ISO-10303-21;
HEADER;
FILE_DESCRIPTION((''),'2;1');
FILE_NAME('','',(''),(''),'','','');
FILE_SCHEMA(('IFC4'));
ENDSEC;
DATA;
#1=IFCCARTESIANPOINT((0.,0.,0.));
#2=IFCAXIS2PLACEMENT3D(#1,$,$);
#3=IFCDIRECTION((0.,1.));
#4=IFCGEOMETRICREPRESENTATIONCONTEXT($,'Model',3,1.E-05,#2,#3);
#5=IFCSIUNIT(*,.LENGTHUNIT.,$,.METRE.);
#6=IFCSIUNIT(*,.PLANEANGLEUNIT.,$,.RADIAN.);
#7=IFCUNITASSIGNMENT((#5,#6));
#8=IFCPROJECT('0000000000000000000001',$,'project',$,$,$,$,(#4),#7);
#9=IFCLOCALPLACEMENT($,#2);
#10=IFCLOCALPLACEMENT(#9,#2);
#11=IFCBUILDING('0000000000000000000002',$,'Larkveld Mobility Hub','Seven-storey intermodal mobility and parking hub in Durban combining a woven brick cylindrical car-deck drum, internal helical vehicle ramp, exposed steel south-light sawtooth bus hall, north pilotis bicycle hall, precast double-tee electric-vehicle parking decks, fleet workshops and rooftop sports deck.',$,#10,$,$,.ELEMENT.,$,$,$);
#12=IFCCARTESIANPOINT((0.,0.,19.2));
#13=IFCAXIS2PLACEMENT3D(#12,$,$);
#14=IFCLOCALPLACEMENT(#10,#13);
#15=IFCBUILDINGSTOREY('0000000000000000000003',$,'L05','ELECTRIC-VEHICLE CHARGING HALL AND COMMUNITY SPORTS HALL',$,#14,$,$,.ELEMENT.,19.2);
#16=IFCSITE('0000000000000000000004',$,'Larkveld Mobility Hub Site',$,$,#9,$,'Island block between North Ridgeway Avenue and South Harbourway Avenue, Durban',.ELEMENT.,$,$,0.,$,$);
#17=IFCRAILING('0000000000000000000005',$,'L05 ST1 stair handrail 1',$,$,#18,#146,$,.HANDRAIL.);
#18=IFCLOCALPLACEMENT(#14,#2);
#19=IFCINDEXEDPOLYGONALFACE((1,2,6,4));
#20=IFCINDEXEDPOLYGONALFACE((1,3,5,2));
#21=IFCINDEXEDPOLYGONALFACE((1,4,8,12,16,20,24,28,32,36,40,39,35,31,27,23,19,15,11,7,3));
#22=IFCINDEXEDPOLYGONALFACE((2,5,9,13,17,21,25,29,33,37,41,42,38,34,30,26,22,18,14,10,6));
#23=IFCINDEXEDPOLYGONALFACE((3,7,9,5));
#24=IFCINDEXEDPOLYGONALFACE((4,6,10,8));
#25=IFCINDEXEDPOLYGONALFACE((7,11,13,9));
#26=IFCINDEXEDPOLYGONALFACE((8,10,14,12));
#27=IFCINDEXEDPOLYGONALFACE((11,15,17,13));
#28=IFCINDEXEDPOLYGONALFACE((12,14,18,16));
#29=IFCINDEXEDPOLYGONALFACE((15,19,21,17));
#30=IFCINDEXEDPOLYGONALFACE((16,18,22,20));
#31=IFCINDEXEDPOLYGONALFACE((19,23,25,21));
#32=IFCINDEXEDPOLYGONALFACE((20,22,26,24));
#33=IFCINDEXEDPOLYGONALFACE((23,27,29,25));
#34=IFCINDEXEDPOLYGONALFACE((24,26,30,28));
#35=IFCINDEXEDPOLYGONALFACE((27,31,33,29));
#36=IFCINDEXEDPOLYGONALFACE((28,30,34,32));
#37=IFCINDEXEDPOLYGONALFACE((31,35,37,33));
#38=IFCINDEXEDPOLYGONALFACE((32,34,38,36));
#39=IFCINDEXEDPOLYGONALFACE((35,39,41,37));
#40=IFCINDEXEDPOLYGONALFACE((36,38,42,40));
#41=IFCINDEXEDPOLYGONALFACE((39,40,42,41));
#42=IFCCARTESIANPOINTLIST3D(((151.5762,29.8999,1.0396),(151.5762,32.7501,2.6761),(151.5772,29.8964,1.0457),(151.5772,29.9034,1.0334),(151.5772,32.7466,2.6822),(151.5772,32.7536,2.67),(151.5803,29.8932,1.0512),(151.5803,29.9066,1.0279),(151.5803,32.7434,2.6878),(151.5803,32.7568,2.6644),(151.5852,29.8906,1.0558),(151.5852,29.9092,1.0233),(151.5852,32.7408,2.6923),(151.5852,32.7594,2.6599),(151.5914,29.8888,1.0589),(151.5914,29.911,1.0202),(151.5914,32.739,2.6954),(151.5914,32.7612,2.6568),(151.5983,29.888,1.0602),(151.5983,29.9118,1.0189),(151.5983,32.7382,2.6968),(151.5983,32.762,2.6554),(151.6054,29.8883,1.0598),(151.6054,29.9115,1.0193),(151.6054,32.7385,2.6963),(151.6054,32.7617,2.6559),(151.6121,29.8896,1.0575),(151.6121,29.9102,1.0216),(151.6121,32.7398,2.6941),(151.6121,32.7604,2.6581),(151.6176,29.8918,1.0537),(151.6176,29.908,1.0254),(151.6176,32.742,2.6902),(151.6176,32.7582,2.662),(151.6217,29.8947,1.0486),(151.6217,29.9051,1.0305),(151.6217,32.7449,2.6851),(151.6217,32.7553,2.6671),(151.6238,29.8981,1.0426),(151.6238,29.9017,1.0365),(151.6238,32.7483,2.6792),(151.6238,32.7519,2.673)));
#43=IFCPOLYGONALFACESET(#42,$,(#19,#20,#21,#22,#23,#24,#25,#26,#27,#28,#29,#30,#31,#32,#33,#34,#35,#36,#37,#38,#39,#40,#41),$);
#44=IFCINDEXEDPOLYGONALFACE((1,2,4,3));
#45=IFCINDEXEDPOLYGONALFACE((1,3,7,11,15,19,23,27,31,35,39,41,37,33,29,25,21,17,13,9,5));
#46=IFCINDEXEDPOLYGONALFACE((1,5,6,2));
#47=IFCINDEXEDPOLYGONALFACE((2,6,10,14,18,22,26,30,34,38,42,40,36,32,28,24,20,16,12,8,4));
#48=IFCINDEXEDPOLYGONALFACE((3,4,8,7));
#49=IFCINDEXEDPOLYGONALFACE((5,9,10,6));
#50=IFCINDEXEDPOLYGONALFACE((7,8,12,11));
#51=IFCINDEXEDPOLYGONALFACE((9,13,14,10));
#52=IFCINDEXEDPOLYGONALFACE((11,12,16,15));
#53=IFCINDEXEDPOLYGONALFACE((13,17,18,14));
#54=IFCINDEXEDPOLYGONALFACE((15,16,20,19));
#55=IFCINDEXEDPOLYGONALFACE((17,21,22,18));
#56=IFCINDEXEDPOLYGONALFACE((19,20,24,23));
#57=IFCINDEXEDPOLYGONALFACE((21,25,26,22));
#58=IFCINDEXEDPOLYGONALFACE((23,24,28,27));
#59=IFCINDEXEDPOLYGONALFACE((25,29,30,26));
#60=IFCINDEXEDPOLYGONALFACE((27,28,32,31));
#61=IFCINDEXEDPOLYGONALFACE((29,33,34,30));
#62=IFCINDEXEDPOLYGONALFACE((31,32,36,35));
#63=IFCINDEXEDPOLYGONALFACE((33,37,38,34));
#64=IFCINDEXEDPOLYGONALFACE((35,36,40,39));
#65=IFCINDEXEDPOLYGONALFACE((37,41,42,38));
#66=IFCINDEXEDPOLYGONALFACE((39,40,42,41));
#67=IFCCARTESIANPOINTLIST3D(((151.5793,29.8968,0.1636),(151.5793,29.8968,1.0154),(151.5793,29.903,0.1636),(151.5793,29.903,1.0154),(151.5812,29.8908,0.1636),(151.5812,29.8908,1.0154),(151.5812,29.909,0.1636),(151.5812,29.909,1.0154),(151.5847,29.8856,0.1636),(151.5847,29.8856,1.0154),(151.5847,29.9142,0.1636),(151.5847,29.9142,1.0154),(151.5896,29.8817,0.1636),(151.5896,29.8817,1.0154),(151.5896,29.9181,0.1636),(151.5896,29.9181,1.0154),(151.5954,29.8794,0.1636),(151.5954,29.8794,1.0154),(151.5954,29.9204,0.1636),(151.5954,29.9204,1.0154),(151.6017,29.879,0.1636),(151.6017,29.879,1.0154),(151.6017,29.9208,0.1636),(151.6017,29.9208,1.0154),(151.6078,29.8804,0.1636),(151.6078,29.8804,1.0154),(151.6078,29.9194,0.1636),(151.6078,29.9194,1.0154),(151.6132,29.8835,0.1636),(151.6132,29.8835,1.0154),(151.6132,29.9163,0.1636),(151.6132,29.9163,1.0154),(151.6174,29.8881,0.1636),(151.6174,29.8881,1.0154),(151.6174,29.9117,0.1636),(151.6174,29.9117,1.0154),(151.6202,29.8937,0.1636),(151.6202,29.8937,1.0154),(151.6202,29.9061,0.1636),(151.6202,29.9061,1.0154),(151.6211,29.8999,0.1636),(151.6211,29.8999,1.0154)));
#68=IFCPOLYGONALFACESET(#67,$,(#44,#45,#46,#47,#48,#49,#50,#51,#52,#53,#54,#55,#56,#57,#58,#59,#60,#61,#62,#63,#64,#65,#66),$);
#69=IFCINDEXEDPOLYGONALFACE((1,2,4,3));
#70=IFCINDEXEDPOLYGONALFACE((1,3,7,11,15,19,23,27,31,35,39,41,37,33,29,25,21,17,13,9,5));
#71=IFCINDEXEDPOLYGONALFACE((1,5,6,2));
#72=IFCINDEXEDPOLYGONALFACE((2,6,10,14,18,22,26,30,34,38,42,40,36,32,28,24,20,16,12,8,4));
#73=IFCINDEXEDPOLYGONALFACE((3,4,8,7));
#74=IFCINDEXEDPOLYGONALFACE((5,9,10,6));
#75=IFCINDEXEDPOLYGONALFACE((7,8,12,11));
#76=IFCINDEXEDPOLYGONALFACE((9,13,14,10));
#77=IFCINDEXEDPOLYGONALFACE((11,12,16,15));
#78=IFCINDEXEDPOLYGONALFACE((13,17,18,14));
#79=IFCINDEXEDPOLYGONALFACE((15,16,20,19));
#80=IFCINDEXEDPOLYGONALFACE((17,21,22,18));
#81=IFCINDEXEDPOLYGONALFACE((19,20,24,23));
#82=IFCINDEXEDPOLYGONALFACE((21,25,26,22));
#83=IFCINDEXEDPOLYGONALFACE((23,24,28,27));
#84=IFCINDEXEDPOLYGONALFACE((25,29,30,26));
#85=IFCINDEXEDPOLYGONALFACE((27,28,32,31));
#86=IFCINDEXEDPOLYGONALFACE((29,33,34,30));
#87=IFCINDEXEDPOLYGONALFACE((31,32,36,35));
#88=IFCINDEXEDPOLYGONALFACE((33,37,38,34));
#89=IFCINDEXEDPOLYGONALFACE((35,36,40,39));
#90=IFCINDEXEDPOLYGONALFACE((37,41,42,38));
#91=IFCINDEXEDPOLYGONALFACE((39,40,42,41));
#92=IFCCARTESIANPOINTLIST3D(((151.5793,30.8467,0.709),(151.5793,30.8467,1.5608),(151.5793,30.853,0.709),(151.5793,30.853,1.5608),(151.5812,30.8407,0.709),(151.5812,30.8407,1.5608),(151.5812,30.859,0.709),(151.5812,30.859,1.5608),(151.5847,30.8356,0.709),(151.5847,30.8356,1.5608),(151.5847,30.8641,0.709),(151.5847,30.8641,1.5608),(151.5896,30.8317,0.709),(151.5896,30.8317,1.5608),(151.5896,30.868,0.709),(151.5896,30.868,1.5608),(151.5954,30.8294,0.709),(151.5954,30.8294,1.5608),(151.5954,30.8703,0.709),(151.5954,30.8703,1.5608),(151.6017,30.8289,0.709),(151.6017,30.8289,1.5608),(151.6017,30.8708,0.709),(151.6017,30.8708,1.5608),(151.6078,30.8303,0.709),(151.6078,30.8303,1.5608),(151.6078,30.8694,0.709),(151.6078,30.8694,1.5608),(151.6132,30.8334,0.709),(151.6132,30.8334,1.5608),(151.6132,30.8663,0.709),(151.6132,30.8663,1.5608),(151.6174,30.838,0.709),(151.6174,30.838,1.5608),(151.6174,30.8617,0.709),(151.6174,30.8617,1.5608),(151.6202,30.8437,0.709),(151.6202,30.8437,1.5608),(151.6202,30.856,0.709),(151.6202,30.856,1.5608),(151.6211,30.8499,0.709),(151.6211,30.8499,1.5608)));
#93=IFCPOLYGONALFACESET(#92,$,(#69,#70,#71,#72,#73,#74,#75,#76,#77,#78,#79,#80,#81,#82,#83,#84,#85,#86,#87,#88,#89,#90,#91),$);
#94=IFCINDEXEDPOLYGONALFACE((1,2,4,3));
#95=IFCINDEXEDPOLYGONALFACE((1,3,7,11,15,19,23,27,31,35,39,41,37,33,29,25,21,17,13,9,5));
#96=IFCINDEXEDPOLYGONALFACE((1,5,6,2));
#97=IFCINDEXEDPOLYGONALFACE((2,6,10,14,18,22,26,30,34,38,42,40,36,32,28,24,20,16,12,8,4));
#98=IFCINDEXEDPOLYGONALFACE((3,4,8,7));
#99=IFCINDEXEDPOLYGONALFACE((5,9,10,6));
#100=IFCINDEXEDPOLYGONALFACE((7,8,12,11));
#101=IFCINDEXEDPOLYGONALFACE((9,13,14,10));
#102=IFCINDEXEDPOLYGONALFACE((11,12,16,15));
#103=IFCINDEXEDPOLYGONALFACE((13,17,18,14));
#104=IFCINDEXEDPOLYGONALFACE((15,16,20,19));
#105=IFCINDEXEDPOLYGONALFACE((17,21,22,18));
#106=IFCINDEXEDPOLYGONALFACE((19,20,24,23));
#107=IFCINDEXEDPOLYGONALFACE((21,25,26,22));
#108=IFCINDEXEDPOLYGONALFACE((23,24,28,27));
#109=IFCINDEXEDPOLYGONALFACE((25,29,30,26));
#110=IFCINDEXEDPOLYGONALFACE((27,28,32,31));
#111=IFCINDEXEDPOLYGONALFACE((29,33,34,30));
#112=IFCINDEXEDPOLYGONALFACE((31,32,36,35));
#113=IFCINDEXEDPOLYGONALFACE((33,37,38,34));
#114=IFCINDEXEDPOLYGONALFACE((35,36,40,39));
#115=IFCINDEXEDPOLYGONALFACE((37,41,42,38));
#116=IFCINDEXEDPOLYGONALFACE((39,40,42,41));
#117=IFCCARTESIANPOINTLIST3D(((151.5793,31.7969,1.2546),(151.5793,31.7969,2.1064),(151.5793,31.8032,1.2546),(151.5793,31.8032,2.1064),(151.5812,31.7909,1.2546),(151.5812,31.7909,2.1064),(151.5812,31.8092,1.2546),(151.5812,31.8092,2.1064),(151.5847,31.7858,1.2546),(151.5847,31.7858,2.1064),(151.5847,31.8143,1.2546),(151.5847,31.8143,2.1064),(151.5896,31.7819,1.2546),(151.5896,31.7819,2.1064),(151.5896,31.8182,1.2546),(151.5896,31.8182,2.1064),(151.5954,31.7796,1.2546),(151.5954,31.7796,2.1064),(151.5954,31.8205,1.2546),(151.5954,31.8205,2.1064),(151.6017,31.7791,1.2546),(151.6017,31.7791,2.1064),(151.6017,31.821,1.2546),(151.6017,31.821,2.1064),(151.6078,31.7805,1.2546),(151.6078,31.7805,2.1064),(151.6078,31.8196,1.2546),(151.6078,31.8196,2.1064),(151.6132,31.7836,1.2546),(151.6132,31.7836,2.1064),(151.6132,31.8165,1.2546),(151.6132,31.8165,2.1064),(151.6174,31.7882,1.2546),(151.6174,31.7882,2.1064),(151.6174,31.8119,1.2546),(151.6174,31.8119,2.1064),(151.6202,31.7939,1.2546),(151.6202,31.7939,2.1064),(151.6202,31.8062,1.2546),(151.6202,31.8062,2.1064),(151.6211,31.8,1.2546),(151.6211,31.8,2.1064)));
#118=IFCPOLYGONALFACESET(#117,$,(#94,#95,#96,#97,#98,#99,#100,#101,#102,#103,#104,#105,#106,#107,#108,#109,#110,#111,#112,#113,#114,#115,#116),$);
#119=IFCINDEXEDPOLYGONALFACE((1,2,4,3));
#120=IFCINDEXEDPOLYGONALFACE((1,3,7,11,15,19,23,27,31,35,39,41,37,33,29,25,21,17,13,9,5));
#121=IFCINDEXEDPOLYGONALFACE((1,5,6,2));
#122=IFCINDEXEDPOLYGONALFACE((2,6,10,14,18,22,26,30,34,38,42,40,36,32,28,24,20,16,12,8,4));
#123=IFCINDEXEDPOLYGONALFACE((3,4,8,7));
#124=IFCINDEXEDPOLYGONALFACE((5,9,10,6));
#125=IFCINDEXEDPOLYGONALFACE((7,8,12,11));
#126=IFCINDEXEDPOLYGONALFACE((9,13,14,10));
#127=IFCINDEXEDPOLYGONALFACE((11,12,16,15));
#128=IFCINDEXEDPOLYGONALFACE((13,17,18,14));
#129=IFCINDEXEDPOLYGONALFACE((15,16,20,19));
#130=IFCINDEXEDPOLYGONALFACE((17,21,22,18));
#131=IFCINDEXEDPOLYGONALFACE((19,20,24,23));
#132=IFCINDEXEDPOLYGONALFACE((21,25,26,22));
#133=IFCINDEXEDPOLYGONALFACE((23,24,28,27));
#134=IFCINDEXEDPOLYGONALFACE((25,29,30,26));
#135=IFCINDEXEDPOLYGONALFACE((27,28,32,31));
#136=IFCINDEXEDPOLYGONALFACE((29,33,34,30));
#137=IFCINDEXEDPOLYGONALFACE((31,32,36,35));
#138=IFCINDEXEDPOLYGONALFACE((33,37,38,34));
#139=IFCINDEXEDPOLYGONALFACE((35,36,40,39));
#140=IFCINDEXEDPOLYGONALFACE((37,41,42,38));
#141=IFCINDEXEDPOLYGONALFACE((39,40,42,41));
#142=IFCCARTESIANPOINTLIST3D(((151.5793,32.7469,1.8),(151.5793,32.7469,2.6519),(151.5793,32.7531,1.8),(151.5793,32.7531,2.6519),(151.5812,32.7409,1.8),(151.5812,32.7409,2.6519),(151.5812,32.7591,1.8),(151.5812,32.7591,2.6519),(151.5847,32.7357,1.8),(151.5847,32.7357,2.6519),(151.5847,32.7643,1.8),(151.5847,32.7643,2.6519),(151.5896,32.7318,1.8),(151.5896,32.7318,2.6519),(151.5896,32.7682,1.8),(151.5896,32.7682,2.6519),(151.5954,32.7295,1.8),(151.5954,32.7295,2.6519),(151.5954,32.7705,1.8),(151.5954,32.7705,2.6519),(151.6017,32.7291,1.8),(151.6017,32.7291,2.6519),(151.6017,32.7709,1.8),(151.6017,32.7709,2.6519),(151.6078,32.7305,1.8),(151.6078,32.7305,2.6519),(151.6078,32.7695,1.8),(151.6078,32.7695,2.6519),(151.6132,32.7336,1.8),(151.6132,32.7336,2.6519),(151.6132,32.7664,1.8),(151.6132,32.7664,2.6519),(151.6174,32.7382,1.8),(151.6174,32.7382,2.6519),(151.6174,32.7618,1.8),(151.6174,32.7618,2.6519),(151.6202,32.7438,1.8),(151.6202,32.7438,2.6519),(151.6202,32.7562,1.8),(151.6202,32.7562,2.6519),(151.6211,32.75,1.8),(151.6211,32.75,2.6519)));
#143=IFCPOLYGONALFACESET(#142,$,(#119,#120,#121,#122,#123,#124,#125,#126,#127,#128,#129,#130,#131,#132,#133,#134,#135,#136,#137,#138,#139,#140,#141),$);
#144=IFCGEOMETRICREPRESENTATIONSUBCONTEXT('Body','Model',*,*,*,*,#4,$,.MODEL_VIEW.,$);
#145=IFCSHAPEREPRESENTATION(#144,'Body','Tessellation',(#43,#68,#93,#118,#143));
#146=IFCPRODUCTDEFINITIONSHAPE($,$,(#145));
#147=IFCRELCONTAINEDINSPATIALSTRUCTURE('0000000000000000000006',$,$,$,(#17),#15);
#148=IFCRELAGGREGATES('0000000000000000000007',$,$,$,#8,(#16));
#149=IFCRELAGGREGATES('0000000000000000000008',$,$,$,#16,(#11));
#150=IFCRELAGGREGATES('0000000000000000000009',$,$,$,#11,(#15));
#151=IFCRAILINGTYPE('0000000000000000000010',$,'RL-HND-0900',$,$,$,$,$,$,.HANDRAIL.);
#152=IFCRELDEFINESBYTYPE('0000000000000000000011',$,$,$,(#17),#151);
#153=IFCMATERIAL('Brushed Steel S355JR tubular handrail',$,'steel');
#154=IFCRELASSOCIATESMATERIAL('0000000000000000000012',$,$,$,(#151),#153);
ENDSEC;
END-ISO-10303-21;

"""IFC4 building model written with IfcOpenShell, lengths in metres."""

from ifc_helpers import new_model, si_unit, direction, frame, origin, origin_2d, place, context, subcontext, project, spatial, circle, extrude, material, type_object, element, save


model = new_model("IFC4")

# Units and contexts
model_context = context("Model", 3, precision=1e-05, world=origin(), true_north=direction((0.0, 1.0)))
body_context = subcontext(model_context, "Body", "Model", "MODEL_VIEW")
ifc_project = project(units=[si_unit("LENGTHUNIT", "METRE"), si_unit("PLANEANGLEUNIT", "RADIAN")], contexts=[model_context])

# Site, building, storey
site_placement = place(None, origin())
site = spatial("IfcSite", under=ifc_project, at=site_placement, Name="Larkveld Mobility Hub Site", LongName="Island block between North Ridgeway Avenue and South Harbourway Avenue, Durban", CompositionType="ELEMENT", RefElevation=0.0)
building_placement = place(site_placement, origin())
building = spatial("IfcBuilding", under=site, at=building_placement, Name="Larkveld Mobility Hub", Description="Seven-storey intermodal mobility and parking hub in Durban combining a woven brick cylindrical car-deck drum, internal helical vehicle ramp, exposed steel south-light sawtooth bus hall, north pilotis bicycle hall, precast double-tee electric-vehicle parking decks, fleet workshops and rooftop sports deck.", CompositionType="ELEMENT")
storey_placement = place(building_placement, frame((0.0, 0.0, 19.2)))
storey = spatial("IfcBuildingStorey", under=building, at=storey_placement, Name="L05", Description="ELECTRIC-VEHICLE CHARGING HALL AND COMMUNITY SPORTS HALL", CompositionType="ELEMENT", Elevation=19.2)

# Railing
ifc_material_1 = material(Name="Brushed Steel S355JR tubular handrail", Category="steel")
railing_type_1 = type_object("IfcRailingType", Name="RL-HND-0900", PredefinedType="HANDRAIL", material=ifc_material_1)
railing_1_placement = place(storey_placement, frame((151.6001, 29.8999, 0.1636)))
element("IfcRailing", 1, at=railing_1_placement, inside=storey, type_object=railing_type_1, Name="L05 ST1 stair handrail 1", PredefinedType="HANDRAIL", context=body_context, shape_type="SweptSolid", body=[
    extrude(circle(Radius=0.0239, at=origin_2d()), frame((0.0, 0.0, 0.876), z_axis=(0.0, 0.867213, 0.497938), x_axis=(-1.0, 0.0, 0.0)), (0.0, 0.0, 1.0), 3.2866),
    extrude(circle(Radius=0.021, at=origin_2d()), origin(), (0.0, 0.0, 1.0), 0.8518),
    extrude(circle(Radius=0.021, at=origin_2d()), frame((0.0, 0.95, 0.5454)), (0.0, 0.0, 1.0), 0.8518),
    extrude(circle(Radius=0.021, at=origin_2d()), frame((0.0, 1.9001, 1.0911)), (0.0, 0.0, 1.0), 0.8518),
    extrude(circle(Radius=0.021, at=origin_2d()), frame((0.0, 2.8501, 1.6365)), (0.0, 0.0, 1.0), 0.8518),
])

save(model, "model.ifc")
